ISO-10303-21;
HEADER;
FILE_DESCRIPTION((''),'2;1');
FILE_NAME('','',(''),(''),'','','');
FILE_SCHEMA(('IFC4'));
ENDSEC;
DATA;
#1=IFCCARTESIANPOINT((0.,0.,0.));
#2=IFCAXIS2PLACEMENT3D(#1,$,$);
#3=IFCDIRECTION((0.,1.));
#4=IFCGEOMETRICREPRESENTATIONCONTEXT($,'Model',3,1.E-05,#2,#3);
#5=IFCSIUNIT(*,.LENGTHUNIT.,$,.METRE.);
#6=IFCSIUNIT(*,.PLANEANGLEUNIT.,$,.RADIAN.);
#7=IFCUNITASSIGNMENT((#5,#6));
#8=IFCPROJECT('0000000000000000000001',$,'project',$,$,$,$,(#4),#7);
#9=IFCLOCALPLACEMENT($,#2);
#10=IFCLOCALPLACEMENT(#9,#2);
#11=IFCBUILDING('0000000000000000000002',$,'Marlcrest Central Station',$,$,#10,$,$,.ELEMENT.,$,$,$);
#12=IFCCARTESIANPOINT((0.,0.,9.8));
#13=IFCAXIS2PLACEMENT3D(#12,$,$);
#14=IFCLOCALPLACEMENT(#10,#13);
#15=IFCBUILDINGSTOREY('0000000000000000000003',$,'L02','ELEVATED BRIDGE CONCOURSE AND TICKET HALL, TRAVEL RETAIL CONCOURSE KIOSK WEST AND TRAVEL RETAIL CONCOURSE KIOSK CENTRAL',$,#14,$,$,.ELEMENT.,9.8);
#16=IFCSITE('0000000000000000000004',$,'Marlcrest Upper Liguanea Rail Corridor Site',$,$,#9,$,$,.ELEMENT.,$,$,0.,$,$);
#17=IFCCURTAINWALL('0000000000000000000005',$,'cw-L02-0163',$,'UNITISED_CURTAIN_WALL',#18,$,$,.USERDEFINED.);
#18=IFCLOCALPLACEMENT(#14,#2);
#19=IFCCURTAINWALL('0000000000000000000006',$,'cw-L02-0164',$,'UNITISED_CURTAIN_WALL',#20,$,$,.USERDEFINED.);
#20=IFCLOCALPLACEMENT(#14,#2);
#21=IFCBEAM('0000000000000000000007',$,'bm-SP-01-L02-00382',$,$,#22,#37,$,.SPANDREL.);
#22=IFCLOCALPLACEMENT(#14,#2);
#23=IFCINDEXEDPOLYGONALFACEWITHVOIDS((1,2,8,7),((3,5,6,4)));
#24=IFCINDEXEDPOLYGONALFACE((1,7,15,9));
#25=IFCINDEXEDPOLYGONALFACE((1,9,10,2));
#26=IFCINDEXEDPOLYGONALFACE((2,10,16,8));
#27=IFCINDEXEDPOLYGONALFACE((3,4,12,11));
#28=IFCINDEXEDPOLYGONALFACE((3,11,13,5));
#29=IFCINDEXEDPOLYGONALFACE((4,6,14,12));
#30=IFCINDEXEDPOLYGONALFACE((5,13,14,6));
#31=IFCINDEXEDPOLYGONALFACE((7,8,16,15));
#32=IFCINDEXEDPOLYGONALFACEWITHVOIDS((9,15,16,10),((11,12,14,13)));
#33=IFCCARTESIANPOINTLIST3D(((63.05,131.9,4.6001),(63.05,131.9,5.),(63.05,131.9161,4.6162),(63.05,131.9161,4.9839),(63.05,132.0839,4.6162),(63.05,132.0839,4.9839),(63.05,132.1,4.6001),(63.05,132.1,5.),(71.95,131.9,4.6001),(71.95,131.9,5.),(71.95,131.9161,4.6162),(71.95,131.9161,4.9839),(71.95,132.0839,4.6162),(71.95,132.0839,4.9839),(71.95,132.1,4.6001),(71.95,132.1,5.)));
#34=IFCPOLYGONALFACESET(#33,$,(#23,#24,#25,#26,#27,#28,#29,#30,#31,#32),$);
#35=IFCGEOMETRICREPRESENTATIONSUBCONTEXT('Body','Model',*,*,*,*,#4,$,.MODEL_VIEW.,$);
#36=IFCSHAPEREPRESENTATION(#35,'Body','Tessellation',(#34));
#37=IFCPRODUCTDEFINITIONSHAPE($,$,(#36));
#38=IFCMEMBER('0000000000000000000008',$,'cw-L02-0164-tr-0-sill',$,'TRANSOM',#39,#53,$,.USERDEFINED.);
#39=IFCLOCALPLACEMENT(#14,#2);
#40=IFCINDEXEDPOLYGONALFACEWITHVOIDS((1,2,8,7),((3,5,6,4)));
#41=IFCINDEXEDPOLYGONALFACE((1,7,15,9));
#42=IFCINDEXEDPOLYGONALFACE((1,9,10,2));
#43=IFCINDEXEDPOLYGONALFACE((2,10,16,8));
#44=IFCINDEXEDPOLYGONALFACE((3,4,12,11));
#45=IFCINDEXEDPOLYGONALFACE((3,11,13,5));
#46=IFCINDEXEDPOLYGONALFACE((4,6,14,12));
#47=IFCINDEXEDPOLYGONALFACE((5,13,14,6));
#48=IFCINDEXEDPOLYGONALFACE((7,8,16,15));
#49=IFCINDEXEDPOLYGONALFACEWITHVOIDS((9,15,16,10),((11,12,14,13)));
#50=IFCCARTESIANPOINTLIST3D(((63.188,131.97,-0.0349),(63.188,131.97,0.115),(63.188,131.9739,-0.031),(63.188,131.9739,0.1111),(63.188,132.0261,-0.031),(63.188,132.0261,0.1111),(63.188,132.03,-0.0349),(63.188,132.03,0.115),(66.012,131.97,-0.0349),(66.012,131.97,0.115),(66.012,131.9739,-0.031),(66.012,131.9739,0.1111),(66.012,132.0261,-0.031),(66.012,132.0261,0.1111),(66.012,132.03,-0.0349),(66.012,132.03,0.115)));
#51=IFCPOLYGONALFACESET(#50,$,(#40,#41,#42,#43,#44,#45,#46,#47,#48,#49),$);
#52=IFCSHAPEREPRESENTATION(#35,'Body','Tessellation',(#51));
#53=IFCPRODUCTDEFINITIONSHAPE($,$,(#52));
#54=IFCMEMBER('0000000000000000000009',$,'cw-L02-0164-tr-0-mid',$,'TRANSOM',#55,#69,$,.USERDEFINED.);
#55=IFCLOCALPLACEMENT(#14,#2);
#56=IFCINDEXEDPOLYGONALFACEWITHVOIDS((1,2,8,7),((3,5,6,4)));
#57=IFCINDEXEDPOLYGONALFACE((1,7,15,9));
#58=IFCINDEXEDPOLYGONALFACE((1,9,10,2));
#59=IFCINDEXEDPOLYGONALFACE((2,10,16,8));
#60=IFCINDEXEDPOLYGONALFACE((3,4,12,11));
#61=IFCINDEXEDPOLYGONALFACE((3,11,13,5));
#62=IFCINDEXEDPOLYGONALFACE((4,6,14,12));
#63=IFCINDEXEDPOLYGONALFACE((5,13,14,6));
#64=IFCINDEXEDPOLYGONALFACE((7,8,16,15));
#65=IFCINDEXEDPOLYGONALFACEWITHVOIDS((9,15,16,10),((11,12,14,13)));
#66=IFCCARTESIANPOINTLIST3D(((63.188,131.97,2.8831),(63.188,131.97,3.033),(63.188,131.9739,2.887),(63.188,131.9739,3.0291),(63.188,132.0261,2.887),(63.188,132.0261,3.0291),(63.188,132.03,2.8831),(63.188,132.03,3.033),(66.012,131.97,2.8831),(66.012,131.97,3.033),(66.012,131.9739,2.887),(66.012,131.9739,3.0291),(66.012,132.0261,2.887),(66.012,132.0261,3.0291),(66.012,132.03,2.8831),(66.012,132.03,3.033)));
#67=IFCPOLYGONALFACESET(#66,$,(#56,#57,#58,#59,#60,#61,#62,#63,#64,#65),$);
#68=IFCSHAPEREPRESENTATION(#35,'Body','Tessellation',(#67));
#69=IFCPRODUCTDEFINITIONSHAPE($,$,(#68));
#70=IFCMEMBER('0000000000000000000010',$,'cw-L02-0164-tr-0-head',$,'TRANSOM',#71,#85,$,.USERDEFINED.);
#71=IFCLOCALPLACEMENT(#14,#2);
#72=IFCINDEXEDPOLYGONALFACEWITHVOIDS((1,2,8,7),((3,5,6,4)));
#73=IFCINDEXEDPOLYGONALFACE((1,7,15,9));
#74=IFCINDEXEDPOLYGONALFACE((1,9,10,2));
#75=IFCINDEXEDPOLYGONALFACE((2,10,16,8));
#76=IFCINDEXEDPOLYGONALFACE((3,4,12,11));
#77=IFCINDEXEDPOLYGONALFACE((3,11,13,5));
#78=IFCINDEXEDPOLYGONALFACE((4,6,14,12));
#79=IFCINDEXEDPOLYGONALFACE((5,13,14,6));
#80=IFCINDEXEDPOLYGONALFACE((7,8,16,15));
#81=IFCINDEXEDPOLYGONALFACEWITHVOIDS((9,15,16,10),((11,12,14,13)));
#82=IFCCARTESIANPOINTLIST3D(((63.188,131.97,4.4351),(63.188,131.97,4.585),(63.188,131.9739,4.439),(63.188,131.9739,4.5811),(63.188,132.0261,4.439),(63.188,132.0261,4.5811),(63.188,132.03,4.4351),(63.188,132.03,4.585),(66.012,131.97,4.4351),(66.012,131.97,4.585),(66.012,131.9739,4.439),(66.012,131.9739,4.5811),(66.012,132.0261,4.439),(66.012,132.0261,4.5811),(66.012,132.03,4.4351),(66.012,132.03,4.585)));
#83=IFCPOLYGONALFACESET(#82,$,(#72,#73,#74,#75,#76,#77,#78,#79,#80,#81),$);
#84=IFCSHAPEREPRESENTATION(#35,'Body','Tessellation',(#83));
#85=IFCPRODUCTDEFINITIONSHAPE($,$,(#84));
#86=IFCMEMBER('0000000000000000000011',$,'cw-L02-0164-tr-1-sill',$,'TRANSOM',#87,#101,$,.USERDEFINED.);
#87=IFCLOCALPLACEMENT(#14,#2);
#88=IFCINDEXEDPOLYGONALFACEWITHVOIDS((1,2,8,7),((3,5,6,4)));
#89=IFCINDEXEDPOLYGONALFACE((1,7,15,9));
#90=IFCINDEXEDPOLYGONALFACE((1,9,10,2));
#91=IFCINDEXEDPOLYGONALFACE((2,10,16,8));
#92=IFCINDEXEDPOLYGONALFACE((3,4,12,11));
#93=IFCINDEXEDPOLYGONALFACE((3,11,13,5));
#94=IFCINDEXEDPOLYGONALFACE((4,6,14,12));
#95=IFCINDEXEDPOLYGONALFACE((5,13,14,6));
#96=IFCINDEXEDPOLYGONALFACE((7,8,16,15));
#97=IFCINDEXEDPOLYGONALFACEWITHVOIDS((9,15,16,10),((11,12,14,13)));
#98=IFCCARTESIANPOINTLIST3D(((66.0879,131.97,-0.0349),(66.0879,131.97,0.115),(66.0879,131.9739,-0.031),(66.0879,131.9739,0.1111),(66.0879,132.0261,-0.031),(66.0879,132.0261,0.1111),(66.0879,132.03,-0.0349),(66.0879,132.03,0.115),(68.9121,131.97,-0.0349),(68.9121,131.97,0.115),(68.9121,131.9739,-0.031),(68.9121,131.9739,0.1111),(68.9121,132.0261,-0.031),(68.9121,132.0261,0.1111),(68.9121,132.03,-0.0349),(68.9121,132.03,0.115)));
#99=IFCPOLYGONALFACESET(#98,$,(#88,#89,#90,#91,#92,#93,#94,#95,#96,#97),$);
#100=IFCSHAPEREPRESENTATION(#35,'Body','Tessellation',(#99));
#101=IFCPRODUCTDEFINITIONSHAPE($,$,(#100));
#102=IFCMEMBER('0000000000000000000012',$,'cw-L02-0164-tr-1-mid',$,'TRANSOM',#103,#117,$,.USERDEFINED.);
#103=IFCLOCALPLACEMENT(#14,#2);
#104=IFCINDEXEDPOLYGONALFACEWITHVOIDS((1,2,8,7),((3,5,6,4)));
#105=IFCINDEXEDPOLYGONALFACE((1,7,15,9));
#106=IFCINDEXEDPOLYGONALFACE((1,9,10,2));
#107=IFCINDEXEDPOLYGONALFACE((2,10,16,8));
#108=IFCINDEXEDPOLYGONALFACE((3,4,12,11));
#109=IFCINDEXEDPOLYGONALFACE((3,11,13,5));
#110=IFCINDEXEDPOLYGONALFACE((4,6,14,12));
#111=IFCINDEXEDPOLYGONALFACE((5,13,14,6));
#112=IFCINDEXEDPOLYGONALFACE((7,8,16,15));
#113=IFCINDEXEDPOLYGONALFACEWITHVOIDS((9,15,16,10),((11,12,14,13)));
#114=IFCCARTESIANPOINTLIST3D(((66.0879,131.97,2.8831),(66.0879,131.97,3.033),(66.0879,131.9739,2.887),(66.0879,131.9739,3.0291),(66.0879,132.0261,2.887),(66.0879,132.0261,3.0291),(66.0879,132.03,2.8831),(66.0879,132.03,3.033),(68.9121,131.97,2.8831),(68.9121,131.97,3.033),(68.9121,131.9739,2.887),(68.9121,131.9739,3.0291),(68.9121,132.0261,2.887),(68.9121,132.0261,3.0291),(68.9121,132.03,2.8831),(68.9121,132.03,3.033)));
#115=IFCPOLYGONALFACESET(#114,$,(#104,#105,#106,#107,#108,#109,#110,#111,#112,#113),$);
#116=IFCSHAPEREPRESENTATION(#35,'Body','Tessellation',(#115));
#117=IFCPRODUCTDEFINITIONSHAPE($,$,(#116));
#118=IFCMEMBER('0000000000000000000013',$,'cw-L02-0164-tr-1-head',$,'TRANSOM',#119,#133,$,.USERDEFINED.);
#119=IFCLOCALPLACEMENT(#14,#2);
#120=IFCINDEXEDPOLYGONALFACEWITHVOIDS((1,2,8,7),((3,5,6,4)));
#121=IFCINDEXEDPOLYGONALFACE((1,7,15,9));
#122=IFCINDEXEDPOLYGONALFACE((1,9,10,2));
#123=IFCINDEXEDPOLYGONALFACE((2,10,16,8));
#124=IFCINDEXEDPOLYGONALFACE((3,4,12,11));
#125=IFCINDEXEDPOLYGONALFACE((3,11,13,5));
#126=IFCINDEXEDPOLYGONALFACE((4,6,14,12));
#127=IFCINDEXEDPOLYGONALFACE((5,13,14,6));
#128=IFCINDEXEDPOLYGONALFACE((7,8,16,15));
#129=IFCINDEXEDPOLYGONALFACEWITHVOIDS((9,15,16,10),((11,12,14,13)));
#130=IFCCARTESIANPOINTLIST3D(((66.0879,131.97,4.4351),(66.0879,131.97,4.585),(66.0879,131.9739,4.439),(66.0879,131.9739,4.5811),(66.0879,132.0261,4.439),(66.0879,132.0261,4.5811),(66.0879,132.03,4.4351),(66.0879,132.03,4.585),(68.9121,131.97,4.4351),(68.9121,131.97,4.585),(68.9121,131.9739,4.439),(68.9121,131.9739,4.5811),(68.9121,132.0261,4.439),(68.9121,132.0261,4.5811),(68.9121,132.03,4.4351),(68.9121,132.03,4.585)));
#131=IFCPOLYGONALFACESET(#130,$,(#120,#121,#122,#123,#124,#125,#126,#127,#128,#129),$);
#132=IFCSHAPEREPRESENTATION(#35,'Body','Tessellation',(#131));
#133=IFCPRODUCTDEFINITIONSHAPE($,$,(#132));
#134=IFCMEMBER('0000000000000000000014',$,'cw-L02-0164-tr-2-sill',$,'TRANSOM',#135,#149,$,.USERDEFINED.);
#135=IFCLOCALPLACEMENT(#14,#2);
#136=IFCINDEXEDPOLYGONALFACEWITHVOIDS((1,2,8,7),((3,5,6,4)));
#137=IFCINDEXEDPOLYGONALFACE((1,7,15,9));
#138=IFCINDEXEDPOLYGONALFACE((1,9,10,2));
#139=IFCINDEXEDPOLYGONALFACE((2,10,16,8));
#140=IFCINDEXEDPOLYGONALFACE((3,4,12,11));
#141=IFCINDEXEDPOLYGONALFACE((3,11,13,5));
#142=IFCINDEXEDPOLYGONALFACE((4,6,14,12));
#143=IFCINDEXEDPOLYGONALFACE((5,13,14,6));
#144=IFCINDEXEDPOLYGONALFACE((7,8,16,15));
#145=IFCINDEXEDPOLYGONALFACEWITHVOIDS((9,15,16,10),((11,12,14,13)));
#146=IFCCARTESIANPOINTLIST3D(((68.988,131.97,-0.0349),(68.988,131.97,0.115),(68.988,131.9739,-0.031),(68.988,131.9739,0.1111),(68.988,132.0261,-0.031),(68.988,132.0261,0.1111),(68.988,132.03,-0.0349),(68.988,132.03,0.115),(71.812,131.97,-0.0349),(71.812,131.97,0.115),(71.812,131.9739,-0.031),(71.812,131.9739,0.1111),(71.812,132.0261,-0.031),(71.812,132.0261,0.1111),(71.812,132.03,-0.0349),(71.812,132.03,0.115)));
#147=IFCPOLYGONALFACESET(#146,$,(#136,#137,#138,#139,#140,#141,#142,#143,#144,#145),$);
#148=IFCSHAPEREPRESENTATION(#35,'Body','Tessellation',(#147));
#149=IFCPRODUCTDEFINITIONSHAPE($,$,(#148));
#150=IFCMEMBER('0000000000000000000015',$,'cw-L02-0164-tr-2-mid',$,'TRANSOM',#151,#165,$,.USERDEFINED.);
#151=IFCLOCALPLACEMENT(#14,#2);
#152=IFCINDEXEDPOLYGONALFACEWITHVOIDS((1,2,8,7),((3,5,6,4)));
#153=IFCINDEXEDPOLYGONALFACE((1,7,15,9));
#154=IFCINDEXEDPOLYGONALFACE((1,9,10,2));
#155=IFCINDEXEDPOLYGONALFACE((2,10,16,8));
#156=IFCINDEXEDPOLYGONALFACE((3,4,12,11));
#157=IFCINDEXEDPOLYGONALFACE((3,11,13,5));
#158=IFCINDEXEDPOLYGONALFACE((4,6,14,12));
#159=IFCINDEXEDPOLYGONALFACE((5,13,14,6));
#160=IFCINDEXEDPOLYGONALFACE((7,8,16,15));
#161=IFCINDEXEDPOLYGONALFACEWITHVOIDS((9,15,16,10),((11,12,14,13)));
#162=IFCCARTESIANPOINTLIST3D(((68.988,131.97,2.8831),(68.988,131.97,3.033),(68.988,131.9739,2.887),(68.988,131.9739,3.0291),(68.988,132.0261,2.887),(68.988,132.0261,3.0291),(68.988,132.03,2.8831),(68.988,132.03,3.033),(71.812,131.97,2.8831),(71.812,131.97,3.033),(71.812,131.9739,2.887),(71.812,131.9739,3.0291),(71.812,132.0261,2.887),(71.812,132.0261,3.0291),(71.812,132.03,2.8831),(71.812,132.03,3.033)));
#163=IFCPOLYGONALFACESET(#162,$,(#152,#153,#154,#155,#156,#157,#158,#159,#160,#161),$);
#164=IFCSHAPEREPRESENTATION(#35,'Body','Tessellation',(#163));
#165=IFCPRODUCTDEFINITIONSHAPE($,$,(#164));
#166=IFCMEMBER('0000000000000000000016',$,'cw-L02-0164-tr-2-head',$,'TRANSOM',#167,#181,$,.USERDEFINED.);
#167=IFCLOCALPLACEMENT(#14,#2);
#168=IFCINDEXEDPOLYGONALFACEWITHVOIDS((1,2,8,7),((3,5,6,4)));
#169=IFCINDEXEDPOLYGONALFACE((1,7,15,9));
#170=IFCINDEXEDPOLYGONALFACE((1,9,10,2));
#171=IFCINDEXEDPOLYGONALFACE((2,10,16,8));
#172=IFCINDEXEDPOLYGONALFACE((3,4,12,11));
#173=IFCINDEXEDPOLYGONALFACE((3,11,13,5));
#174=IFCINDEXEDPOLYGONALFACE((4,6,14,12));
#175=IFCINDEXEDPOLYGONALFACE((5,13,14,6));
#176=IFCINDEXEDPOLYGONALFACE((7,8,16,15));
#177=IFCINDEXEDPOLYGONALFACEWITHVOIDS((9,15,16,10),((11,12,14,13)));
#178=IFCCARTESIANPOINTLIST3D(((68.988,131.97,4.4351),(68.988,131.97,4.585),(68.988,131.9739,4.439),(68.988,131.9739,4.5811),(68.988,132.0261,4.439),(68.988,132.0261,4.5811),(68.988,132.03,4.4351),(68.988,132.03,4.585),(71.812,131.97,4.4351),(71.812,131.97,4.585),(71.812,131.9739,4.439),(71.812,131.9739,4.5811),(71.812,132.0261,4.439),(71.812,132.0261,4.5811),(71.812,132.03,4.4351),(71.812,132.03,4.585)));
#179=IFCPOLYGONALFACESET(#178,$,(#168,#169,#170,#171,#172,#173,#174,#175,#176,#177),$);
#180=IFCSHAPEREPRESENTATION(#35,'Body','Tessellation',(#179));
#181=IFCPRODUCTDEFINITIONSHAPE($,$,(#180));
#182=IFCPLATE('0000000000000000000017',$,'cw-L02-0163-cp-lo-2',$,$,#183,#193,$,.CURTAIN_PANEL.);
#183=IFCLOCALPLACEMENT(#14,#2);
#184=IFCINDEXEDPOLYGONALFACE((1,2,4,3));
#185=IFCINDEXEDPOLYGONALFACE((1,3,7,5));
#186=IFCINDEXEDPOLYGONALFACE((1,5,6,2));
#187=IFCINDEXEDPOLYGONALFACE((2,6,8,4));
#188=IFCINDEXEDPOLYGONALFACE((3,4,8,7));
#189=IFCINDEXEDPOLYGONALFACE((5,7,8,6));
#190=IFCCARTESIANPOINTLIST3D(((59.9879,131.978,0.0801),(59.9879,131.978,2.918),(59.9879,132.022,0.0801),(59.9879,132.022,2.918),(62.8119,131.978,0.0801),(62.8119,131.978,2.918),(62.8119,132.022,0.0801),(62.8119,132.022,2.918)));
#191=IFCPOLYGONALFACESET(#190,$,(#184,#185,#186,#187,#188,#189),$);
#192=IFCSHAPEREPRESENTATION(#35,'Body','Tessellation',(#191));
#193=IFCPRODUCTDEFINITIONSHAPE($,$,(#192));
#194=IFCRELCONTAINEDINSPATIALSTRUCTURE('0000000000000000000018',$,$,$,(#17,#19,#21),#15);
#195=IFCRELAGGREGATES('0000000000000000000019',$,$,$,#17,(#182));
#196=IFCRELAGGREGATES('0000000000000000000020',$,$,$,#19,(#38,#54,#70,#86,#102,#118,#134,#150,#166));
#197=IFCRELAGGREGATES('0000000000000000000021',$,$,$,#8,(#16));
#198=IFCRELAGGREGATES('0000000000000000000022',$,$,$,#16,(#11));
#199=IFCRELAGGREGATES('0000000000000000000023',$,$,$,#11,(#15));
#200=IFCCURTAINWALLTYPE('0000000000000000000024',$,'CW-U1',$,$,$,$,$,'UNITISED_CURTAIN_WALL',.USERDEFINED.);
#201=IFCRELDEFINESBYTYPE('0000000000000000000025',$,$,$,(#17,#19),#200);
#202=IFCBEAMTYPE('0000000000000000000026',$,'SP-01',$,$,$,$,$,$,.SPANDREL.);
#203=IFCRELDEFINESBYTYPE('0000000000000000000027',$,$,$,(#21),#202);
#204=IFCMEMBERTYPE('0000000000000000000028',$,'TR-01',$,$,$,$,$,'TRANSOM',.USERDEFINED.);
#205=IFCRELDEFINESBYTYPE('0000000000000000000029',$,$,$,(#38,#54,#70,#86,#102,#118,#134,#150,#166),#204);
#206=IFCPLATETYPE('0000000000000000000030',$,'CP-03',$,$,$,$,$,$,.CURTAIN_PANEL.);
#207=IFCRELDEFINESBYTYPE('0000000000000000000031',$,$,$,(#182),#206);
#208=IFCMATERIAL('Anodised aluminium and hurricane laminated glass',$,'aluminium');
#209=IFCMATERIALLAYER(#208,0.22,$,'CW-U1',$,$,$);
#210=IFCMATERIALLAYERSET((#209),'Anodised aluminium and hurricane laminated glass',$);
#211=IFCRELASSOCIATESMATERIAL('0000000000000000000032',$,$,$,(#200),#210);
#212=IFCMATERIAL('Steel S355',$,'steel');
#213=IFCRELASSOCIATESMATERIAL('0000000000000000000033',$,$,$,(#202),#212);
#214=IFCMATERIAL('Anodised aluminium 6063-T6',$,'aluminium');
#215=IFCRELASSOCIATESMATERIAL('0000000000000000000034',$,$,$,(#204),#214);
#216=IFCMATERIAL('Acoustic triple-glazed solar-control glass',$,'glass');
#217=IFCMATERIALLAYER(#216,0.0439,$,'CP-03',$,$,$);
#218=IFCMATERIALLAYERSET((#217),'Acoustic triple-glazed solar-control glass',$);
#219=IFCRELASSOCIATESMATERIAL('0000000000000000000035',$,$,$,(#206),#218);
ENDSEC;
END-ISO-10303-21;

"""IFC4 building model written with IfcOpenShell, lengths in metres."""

from ifc_helpers import new_model, si_unit, direction, frame, origin, origin_2d, place, context, subcontext, project, spatial, rectangle, hollow_rectangle, extrude, material, layer, layer_set, material_profile, profile_set, type_object, element, aggregate, save


model = new_model("IFC4")

# Units and contexts
model_context = context("Model", 3, precision=1e-05, world=origin(), true_north=direction((0.0, 1.0)))
body_context = subcontext(model_context, "Body", "Model", "MODEL_VIEW")
ifc_project = project(units=[si_unit("LENGTHUNIT", "METRE"), si_unit("PLANEANGLEUNIT", "RADIAN")], contexts=[model_context])

# Site, building, storey
site_placement = place(None, origin())
site = spatial("IfcSite", under=ifc_project, at=site_placement, Name="Marlcrest Upper Liguanea Rail Corridor Site", CompositionType="ELEMENT", RefElevation=0.0)
building_placement = place(site_placement, origin())
building = spatial("IfcBuilding", under=site, at=building_placement, Name="Marlcrest Central Station", CompositionType="ELEMENT")
storey_placement = place(building_placement, frame((0.0, 0.0, 9.8)))
storey = spatial("IfcBuildingStorey", under=building, at=storey_placement, Name="L02", Description="ELEVATED BRIDGE CONCOURSE AND TICKET HALL, TRAVEL RETAIL CONCOURSE KIOSK WEST AND TRAVEL RETAIL CONCOURSE KIOSK CENTRAL", CompositionType="ELEMENT", Elevation=9.8)

# Shared definitions
ifc_material_1 = material(Name="Steel S355", Category="steel")

# Curtain wall
ifc_material_2 = material(Name="Anodised aluminium and hurricane laminated glass", Category="aluminium")
ifc_layer_1 = layer(ifc_material_2, 0.22, Name="CW-U1")
ifc_layer_set_1 = layer_set([ifc_layer_1], Name="Anodised aluminium and hurricane laminated glass")
curtain_wall_type = type_object("IfcCurtainWallType", Name="CW-U1", ElementType="UNITISED_CURTAIN_WALL", PredefinedType="USERDEFINED", material=ifc_layer_set_1)
curtain_wall_1_placement = place(storey_placement, origin())
curtain_wall_1 = element("IfcCurtainWall", 1, at=curtain_wall_1_placement, inside=storey, type_object=curtain_wall_type, Name="cw-L02-0163", ObjectType="UNITISED_CURTAIN_WALL", PredefinedType="USERDEFINED")
ifc_material_3 = material(Name="Anodised aluminium 6063-T6", Category="aluminium")

# Curtain wall
curtain_wall_2_placement = place(storey_placement, origin())
curtain_wall_2 = element("IfcCurtainWall", 2, at=curtain_wall_2_placement, inside=storey, type_object=curtain_wall_type, Name="cw-L02-0164", ObjectType="UNITISED_CURTAIN_WALL", PredefinedType="USERDEFINED")

# Beam
ifc_material_profile_1 = material_profile(ifc_material_1, hollow_rectangle(XDim=0.2, YDim=0.3999, WallThickness=0.0161, at=origin_2d()), Name="RHS 400x200x16")
ifc_profile_set_1 = profile_set([ifc_material_profile_1], Name="Steel S355")
beam_type_1 = type_object("IfcBeamType", Name="SP-01", PredefinedType="SPANDREL", material=ifc_profile_set_1)
beam_1_placement = place(storey_placement, frame((63.05, 132.0, 4.8), z_axis=(1.0, 0.0, 0.0), x_axis=(0.0, 1.0, 0.0)))
element("IfcBeam", 3, at=beam_1_placement, inside=storey, type_object=beam_type_1, Name="bm-SP-01-L02-00382", PredefinedType="SPANDREL", context=body_context, shape_type="SweptSolid", body=[
    extrude(hollow_rectangle(XDim=0.2, YDim=0.3999, WallThickness=0.0161, at=origin_2d()), origin(), (0.0, 0.0, 1.0), 8.8999),
])

# Members
ifc_material_profile_2 = material_profile(ifc_material_3, hollow_rectangle(XDim=0.0601, YDim=0.1499, WallThickness=0.0039, at=origin_2d()), Name="AA-RHS 150x60x4")
ifc_profile_set_2 = profile_set([ifc_material_profile_2], Name="Anodised aluminium 6063-T6")
member_type_1 = type_object("IfcMemberType", Name="TR-01", ElementType="TRANSOM", PredefinedType="USERDEFINED", material=ifc_profile_set_2)
member_1_placement = place(storey_placement, frame((63.188, 132.0, 0.04), z_axis=(1.0, 0.0, 0.0), x_axis=(0.0, 1.0, 0.0)))
member_1 = element("IfcMember", 4, at=member_1_placement, type_object=member_type_1, Name="cw-L02-0164-tr-0-sill", ObjectType="TRANSOM", PredefinedType="USERDEFINED", context=body_context, shape_type="SweptSolid", body=[
    extrude(hollow_rectangle(XDim=0.0601, YDim=0.1499, WallThickness=0.0039, at=origin_2d()), origin(), (0.0, 0.0, 1.0), 2.824),
])
member_2_placement = place(storey_placement, frame((63.188, 132.0, 2.958), z_axis=(1.0, 0.0, 0.0), x_axis=(0.0, 1.0, 0.0)))
member_2 = element("IfcMember", 5, at=member_2_placement, type_object=member_type_1, Name="cw-L02-0164-tr-0-mid", ObjectType="TRANSOM", PredefinedType="USERDEFINED", context=body_context, shape_type="SweptSolid", body=[
    extrude(hollow_rectangle(XDim=0.0601, YDim=0.1499, WallThickness=0.0039, at=origin_2d()), origin(), (0.0, 0.0, 1.0), 2.824),
])
member_3_placement = place(storey_placement, frame((63.188, 132.0, 4.51), z_axis=(1.0, 0.0, 0.0), x_axis=(0.0, 1.0, 0.0)))
member_3 = element("IfcMember", 6, at=member_3_placement, type_object=member_type_1, Name="cw-L02-0164-tr-0-head", ObjectType="TRANSOM", PredefinedType="USERDEFINED", context=body_context, shape_type="SweptSolid", body=[
    extrude(hollow_rectangle(XDim=0.0601, YDim=0.1499, WallThickness=0.0039, at=origin_2d()), origin(), (0.0, 0.0, 1.0), 2.824),
])
member_4_placement = place(storey_placement, frame((66.0879, 132.0, 0.04), z_axis=(1.0, 0.0, 0.0), x_axis=(0.0, 1.0, 0.0)))
member_4 = element("IfcMember", 7, at=member_4_placement, type_object=member_type_1, Name="cw-L02-0164-tr-1-sill", ObjectType="TRANSOM", PredefinedType="USERDEFINED", context=body_context, shape_type="SweptSolid", body=[
    extrude(hollow_rectangle(XDim=0.0601, YDim=0.1499, WallThickness=0.0039, at=origin_2d()), origin(), (0.0, 0.0, 1.0), 2.8242),
])
member_5_placement = place(storey_placement, frame((66.0879, 132.0, 2.958), z_axis=(1.0, 0.0, 0.0), x_axis=(0.0, 1.0, 0.0)))
member_5 = element("IfcMember", 8, at=member_5_placement, type_object=member_type_1, Name="cw-L02-0164-tr-1-mid", ObjectType="TRANSOM", PredefinedType="USERDEFINED", context=body_context, shape_type="SweptSolid", body=[
    extrude(hollow_rectangle(XDim=0.0601, YDim=0.1499, WallThickness=0.0039, at=origin_2d()), origin(), (0.0, 0.0, 1.0), 2.8242),
])
member_6_placement = place(storey_placement, frame((66.0879, 132.0, 4.51), z_axis=(1.0, 0.0, 0.0), x_axis=(0.0, 1.0, 0.0)))
member_6 = element("IfcMember", 9, at=member_6_placement, type_object=member_type_1, Name="cw-L02-0164-tr-1-head", ObjectType="TRANSOM", PredefinedType="USERDEFINED", context=body_context, shape_type="SweptSolid", body=[
    extrude(hollow_rectangle(XDim=0.0601, YDim=0.1499, WallThickness=0.0039, at=origin_2d()), origin(), (0.0, 0.0, 1.0), 2.8242),
])
member_7_placement = place(storey_placement, frame((68.988, 132.0, 0.04), z_axis=(1.0, 0.0, 0.0), x_axis=(0.0, 1.0, 0.0)))
member_7 = element("IfcMember", 10, at=member_7_placement, type_object=member_type_1, Name="cw-L02-0164-tr-2-sill", ObjectType="TRANSOM", PredefinedType="USERDEFINED", context=body_context, shape_type="SweptSolid", body=[
    extrude(hollow_rectangle(XDim=0.0601, YDim=0.1499, WallThickness=0.0039, at=origin_2d()), origin(), (0.0, 0.0, 1.0), 2.824),
])
member_8_placement = place(storey_placement, frame((68.988, 132.0, 2.958), z_axis=(1.0, 0.0, 0.0), x_axis=(0.0, 1.0, 0.0)))
member_8 = element("IfcMember", 11, at=member_8_placement, type_object=member_type_1, Name="cw-L02-0164-tr-2-mid", ObjectType="TRANSOM", PredefinedType="USERDEFINED", context=body_context, shape_type="SweptSolid", body=[
    extrude(hollow_rectangle(XDim=0.0601, YDim=0.1499, WallThickness=0.0039, at=origin_2d()), origin(), (0.0, 0.0, 1.0), 2.824),
])
member_9_placement = place(storey_placement, frame((68.988, 132.0, 4.51), z_axis=(1.0, 0.0, 0.0), x_axis=(0.0, 1.0, 0.0)))
member_9 = element("IfcMember", 12, at=member_9_placement, type_object=member_type_1, Name="cw-L02-0164-tr-2-head", ObjectType="TRANSOM", PredefinedType="USERDEFINED", context=body_context, shape_type="SweptSolid", body=[
    extrude(hollow_rectangle(XDim=0.0601, YDim=0.1499, WallThickness=0.0039, at=origin_2d()), origin(), (0.0, 0.0, 1.0), 2.824),
])

# Plate
ifc_material_4 = material(Name="Acoustic triple-glazed solar-control glass", Category="glass")
ifc_layer_2 = layer(ifc_material_4, 0.0439, Name="CP-03")
ifc_layer_set_2 = layer_set([ifc_layer_2], Name="Acoustic triple-glazed solar-control glass")
plate_type_1 = type_object("IfcPlateType", Name="CP-03", PredefinedType="CURTAIN_PANEL", material=ifc_layer_set_2)
plate_1_placement = place(storey_placement, frame((61.3999, 132.0, 0.0801), z_axis=(0.0, 0.0, 1.0), x_axis=(1.0, 0.0, 0.0)))
plate_1 = element("IfcPlate", 13, at=plate_1_placement, type_object=plate_type_1, Name="cw-L02-0163-cp-lo-2", PredefinedType="CURTAIN_PANEL", context=body_context, shape_type="SweptSolid", body=[
    extrude(rectangle(XDim=2.824, YDim=0.0439, at=origin_2d()), origin(), (0.0, 0.0, 1.0), 2.8379),
])
aggregate(curtain_wall_1, [plate_1])
aggregate(curtain_wall_2, [member_1, member_2, member_3, member_4, member_5, member_6, member_7, member_8, member_9])

save(model, "model.ifc")
